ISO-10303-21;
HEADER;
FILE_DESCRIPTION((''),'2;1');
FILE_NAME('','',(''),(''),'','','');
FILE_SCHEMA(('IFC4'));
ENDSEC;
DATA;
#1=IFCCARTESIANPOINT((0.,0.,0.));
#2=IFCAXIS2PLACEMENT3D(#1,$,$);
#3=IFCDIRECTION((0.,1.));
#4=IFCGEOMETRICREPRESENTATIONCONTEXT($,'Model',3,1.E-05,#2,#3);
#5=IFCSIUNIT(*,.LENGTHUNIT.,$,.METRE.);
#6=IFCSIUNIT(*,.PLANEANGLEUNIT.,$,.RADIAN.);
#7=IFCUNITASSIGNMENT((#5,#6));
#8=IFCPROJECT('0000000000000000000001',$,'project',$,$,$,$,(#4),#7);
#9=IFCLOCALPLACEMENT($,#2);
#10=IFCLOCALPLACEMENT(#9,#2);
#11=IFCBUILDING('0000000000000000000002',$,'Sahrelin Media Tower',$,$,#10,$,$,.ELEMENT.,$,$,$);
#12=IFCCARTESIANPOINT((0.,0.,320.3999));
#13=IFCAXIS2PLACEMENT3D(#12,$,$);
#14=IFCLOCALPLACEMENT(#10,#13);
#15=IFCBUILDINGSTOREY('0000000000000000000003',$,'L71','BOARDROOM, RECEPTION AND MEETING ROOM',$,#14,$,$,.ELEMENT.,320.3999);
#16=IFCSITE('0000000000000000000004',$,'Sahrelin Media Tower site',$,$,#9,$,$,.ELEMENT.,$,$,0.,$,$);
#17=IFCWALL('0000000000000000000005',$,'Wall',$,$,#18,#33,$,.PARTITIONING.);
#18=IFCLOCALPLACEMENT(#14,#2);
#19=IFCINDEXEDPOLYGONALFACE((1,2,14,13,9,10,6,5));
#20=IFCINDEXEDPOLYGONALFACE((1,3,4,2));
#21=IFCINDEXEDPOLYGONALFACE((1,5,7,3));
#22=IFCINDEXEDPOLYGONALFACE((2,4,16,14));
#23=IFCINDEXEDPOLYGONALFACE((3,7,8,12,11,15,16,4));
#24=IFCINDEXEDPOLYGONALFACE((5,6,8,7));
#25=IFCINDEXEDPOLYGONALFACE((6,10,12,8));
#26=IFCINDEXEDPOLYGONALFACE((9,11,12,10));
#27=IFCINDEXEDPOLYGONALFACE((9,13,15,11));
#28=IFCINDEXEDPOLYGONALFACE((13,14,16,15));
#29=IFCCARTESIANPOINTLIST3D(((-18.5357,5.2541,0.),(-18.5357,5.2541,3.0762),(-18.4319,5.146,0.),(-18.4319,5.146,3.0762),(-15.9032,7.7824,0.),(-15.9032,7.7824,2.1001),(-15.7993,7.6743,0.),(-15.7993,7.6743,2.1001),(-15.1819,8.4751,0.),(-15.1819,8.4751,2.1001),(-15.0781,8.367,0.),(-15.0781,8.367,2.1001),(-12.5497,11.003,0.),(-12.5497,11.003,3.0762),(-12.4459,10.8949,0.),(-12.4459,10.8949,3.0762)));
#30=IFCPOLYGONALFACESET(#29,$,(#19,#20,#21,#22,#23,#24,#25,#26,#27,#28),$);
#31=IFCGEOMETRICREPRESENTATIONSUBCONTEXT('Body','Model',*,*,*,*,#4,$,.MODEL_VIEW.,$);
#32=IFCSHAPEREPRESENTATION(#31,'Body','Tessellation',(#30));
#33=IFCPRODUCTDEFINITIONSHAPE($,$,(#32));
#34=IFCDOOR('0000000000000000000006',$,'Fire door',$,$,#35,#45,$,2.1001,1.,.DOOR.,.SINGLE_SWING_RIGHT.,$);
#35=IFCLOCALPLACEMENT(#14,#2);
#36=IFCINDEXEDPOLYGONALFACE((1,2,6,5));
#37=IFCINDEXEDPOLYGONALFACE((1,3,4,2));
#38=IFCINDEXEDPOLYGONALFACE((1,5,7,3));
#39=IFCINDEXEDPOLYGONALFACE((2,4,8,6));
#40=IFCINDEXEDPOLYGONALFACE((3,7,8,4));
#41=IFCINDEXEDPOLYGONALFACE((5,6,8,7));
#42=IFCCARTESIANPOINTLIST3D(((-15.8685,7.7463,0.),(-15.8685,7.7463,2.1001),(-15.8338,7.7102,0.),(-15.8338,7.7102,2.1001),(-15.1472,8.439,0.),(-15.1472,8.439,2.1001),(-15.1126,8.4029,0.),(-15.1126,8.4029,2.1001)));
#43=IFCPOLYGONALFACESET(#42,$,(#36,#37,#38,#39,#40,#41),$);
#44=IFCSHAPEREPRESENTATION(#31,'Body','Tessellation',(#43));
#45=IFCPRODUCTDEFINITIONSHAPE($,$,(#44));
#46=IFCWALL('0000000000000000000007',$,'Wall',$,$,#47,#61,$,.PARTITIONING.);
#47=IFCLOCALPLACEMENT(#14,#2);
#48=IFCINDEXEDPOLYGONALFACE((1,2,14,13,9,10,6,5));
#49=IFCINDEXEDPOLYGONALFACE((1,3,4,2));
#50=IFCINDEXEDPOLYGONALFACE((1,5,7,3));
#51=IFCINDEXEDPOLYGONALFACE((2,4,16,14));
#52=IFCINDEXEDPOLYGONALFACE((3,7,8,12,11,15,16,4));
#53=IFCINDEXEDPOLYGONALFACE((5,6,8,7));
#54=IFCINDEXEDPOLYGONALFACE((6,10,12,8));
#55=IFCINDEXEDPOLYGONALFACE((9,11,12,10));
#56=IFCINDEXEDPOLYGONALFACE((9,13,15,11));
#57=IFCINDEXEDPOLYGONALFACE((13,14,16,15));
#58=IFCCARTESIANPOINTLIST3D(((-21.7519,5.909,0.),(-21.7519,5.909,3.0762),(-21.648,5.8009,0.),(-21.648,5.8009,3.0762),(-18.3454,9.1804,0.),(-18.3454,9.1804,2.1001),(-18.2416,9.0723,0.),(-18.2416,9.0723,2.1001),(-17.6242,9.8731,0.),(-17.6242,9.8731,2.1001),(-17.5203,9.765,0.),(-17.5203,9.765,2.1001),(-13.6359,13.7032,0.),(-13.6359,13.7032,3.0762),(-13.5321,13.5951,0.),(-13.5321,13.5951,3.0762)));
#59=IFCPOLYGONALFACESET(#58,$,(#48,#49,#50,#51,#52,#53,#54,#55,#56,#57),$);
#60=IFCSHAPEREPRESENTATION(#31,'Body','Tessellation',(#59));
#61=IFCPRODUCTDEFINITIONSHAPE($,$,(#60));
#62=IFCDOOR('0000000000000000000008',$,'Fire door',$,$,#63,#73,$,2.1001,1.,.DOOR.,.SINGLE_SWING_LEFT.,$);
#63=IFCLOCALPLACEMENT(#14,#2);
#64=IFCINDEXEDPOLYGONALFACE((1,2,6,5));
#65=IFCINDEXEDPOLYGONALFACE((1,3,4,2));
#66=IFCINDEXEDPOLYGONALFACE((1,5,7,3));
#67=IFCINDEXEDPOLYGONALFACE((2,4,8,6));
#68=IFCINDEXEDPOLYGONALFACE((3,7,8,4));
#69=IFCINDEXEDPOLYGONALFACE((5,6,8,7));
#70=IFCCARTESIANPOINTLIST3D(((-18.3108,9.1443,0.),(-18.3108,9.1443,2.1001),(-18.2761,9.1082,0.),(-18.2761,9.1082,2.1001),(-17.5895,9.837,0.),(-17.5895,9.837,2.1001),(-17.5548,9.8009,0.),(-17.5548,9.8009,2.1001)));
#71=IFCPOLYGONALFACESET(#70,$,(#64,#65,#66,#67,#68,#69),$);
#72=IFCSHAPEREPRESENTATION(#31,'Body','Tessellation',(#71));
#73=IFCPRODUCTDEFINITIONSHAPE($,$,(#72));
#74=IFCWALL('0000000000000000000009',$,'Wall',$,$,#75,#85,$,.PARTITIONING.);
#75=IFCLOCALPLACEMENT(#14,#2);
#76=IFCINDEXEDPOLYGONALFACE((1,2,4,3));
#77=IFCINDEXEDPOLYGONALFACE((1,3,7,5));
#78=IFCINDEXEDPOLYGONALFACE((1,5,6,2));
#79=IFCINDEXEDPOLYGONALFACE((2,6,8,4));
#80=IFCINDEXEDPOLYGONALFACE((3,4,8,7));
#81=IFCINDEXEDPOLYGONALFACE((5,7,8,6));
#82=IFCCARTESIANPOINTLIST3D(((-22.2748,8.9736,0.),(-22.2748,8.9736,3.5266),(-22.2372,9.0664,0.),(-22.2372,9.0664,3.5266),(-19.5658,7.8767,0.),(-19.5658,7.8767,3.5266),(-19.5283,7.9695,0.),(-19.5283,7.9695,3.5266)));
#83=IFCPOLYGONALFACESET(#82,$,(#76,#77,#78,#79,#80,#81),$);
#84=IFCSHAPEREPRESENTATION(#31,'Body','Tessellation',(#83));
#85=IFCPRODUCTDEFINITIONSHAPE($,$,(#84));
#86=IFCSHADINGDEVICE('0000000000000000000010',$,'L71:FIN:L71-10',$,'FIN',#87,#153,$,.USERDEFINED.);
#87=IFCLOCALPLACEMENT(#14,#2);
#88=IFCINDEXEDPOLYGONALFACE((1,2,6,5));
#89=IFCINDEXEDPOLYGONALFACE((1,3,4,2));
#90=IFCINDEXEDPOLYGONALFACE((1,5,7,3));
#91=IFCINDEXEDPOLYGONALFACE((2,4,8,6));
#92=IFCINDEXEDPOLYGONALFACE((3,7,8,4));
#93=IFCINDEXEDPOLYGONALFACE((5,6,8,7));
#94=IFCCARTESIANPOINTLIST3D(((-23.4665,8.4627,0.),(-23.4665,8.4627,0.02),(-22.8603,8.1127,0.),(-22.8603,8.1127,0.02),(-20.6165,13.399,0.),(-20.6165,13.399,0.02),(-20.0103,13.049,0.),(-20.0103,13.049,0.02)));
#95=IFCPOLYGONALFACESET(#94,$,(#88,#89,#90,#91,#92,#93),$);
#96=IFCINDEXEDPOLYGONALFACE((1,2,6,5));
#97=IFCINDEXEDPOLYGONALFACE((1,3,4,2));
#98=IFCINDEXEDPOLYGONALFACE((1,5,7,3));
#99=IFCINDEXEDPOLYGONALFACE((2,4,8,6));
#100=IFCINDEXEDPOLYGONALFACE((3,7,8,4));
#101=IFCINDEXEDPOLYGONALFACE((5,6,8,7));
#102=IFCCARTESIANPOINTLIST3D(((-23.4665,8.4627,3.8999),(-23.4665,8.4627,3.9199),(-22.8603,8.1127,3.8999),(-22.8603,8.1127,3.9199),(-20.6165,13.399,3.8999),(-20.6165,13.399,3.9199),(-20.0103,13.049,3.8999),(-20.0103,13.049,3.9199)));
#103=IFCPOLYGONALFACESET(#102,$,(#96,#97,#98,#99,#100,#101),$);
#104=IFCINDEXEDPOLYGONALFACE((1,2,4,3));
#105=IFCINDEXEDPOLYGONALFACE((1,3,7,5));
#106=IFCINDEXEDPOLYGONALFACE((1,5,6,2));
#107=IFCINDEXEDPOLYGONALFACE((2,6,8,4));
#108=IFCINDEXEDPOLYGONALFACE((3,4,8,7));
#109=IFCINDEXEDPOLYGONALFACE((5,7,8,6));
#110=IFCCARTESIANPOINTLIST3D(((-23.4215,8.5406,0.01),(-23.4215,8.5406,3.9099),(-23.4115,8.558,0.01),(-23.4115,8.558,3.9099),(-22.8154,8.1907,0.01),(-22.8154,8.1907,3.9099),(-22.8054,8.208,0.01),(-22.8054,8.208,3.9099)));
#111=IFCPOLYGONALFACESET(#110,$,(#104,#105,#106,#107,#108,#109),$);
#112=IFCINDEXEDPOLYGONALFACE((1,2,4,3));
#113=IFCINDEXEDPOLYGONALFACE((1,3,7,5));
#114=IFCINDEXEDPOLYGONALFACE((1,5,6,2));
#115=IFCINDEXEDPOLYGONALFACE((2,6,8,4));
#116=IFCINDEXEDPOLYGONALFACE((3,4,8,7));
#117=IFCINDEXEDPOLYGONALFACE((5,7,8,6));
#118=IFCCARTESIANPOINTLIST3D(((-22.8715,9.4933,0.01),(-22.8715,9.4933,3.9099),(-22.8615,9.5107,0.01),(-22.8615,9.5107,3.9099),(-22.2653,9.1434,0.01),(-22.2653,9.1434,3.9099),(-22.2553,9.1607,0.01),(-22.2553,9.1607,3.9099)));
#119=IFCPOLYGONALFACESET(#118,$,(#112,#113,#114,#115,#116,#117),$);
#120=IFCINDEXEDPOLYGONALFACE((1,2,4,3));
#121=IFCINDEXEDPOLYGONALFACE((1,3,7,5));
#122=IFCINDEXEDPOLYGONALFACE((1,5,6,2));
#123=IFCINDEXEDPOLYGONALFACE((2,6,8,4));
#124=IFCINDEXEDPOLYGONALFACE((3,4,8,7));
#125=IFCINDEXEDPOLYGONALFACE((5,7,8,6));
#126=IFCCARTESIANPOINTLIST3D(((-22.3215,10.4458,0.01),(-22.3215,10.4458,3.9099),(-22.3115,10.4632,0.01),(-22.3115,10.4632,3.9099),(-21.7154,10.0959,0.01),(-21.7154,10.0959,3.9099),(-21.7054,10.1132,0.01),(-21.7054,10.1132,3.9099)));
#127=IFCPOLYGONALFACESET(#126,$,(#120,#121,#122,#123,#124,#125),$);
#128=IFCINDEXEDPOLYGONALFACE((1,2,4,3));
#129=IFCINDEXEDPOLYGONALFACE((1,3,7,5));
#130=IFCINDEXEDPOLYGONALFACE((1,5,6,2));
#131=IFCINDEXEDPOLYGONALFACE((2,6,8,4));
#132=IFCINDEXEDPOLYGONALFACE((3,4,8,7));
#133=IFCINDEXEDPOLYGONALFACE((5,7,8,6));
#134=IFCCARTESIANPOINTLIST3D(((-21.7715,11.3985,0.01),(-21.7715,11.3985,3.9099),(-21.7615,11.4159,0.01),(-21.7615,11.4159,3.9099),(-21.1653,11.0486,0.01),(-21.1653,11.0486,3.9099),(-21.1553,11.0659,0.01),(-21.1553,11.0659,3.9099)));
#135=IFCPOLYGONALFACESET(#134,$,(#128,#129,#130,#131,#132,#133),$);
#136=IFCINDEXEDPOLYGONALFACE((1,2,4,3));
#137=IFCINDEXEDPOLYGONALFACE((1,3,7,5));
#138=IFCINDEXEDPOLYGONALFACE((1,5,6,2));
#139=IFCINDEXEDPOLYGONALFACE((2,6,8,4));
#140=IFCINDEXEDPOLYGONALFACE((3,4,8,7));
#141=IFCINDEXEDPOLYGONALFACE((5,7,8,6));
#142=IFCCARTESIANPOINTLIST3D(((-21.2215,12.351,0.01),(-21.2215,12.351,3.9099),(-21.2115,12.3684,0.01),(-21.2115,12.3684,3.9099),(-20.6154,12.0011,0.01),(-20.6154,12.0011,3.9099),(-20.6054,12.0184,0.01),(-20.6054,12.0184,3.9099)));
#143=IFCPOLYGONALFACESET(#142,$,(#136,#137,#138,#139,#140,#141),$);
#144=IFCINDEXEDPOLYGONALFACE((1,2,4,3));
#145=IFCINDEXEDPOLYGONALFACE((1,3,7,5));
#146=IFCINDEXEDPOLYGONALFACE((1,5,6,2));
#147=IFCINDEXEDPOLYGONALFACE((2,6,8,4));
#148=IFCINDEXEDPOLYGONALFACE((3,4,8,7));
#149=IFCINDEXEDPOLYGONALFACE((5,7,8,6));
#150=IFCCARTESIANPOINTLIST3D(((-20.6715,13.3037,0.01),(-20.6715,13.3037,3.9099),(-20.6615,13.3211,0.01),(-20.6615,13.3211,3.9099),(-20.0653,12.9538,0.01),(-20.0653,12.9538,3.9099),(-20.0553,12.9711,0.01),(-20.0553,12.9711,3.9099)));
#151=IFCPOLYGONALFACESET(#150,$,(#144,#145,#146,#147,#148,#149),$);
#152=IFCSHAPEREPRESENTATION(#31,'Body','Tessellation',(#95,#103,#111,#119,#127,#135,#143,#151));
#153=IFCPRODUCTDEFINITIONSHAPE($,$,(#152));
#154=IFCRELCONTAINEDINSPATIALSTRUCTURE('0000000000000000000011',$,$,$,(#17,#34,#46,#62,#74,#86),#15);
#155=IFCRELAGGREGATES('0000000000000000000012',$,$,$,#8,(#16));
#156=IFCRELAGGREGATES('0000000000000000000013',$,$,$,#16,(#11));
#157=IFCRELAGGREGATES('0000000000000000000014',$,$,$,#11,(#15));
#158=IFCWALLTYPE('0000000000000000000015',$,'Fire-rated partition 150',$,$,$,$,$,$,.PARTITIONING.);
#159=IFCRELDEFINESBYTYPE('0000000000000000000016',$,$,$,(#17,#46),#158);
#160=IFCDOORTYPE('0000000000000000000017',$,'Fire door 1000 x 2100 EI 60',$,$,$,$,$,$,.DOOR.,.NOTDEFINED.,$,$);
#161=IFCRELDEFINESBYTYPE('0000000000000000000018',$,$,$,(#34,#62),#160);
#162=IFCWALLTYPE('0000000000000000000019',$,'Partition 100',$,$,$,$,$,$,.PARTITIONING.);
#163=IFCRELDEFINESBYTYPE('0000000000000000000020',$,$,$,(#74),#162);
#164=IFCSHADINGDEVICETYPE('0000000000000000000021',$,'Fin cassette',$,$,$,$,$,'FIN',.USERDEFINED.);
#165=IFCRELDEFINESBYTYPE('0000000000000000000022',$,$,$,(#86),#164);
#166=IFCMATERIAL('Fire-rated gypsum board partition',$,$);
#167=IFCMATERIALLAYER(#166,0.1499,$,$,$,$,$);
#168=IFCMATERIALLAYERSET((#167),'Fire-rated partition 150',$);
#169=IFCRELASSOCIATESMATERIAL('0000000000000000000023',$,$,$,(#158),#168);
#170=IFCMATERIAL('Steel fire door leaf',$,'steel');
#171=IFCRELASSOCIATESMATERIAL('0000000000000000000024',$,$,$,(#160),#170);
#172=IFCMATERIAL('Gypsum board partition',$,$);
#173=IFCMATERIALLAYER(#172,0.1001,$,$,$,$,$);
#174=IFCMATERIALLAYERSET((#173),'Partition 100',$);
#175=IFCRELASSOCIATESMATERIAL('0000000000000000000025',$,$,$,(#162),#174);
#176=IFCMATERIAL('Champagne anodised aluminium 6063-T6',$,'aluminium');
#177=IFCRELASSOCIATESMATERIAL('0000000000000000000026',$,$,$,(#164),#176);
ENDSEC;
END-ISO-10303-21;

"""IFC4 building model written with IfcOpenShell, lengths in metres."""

from ifc_helpers import new_model, si_unit, direction, frame, frame_2d, origin, origin_2d, place, context, subcontext, project, spatial, rectangle, extrude, material, layer, layer_set, type_object, element, fill, save


model = new_model("IFC4")

# Units and contexts
model_context = context("Model", 3, precision=1e-05, world=origin(), true_north=direction((0.0, 1.0)))
body_context = subcontext(model_context, "Body", "Model", "MODEL_VIEW")
ifc_project = project(units=[si_unit("LENGTHUNIT", "METRE"), si_unit("PLANEANGLEUNIT", "RADIAN")], contexts=[model_context])

# Site, building, storey
site_placement = place(None, origin())
site = spatial("IfcSite", under=ifc_project, at=site_placement, Name="Sahrelin Media Tower site", CompositionType="ELEMENT", RefElevation=0.0)
building_placement = place(site_placement, origin())
building = spatial("IfcBuilding", under=site, at=building_placement, Name="Sahrelin Media Tower", CompositionType="ELEMENT")
storey_placement = place(building_placement, frame((0.0, 0.0, 320.3999)))
storey = spatial("IfcBuildingStorey", under=building, at=storey_placement, Name="L71", Description="BOARDROOM, RECEPTION AND MEETING ROOM", CompositionType="ELEMENT", Elevation=320.3999)

# Shared definitions
ifc_material_1 = material(Name="Champagne anodised aluminium 6063-T6", Category="aluminium")

# Shared definitions
ifc_material_2 = material(Name="Fire-rated gypsum board partition")
ifc_layer_1 = layer(ifc_material_2, 0.1499)
ifc_layer_set_1 = layer_set([ifc_layer_1], Name="Fire-rated partition 150")
wall_type_1 = type_object("IfcWallType", Name="Fire-rated partition 150", PredefinedType="PARTITIONING", material=ifc_layer_set_1)

# Walls, openings, doors
wall_1_placement = place(storey_placement, frame((-18.4839, 5.2, 0.0), z_axis=(0.0, 0.0, 1.0), x_axis=(0.721244, 0.692681, 0.0)))
wall_1 = element("IfcWall", 1, at=wall_1_placement, inside=storey, type_object=wall_type_1, Name="Wall", PredefinedType="PARTITIONING", context=body_context, shape_type="SweptSolid", body=[
    extrude(rectangle(XDim=8.2996, YDim=0.1499, at=frame_2d((4.1499, 0.0))), origin(), (0.0, 0.0, 1.0), 3.0762),
])
opening_1_placement = place(wall_1_placement, frame((3.6501, 0.0, 0.0)))
opening_1 = element("IfcOpeningElement", 2, at=opening_1_placement, cuts=wall_1, PredefinedType="OPENING", context=body_context, shape_type="SweptSolid", body=[
    extrude(rectangle(XDim=1.0, YDim=2.1001, at=frame_2d((0.5, 1.05))), frame((0.0, 0.075, 0.0), z_axis=(0.0, -1.0, 0.0), x_axis=(1.0, 0.0, 0.0)), (0.0, 0.0, 1.0), 0.1499),
])
ifc_material_3 = material(Name="Steel fire door leaf", Category="steel")
door_type = type_object("IfcDoorType", Name="Fire door 1000 x 2100 EI 60", OperationType="NOTDEFINED", PredefinedType="DOOR", material=ifc_material_3)
door_1_placement = place(opening_1_placement, origin())
door_1 = element("IfcDoor", 3, at=door_1_placement, inside=storey, type_object=door_type, Name="Fire door", OperationType="SINGLE_SWING_RIGHT", OverallHeight=2.1001, OverallWidth=1.0, PredefinedType="DOOR", context=body_context, shape_type="SweptSolid", body=[
    extrude(rectangle(XDim=1.0, YDim=2.1001, at=frame_2d((0.5, 1.05))), frame((0.0, 0.0249, 0.0), z_axis=(0.0, -1.0, 0.0), x_axis=(1.0, 0.0, 0.0)), (0.0, 0.0, 1.0), 0.05),
])
fill(opening_1, door_1)
wall_2_placement = place(storey_placement, frame((-21.7, 5.855, 0.0), z_axis=(0.0, 0.0, 1.0), x_axis=(0.72126, 0.692664, 0.0)))
wall_2 = element("IfcWall", 4, at=wall_2_placement, inside=storey, type_object=wall_type_1, Name="Wall", PredefinedType="PARTITIONING", context=body_context, shape_type="SweptSolid", body=[
    extrude(rectangle(XDim=11.2524, YDim=0.1499, at=frame_2d((5.6262, 0.0))), origin(), (0.0, 0.0, 1.0), 3.0762),
])
opening_2_placement = place(wall_2_placement, frame((4.7229, 0.0, 0.0)))
opening_2 = element("IfcOpeningElement", 5, at=opening_2_placement, cuts=wall_2, PredefinedType="OPENING", context=body_context, shape_type="SweptSolid", body=[
    extrude(rectangle(XDim=1.0, YDim=2.1001, at=frame_2d((0.5, 1.05))), frame((0.0, 0.075, 0.0), z_axis=(0.0, -1.0, 0.0), x_axis=(1.0, 0.0, 0.0)), (0.0, 0.0, 1.0), 0.1499),
])
door_2_placement = place(opening_2_placement, origin())
door_2 = element("IfcDoor", 6, at=door_2_placement, inside=storey, type_object=door_type, Name="Fire door", OperationType="SINGLE_SWING_LEFT", OverallHeight=2.1001, OverallWidth=1.0, PredefinedType="DOOR", context=body_context, shape_type="SweptSolid", body=[
    extrude(rectangle(XDim=1.0, YDim=2.1001, at=frame_2d((0.5, 1.05))), frame((0.0, 0.0249, 0.0), z_axis=(0.0, -1.0, 0.0), x_axis=(1.0, 0.0, 0.0)), (0.0, 0.0, 1.0), 0.05),
])
fill(opening_2, door_2)

# Wall
ifc_material_4 = material(Name="Gypsum board partition")
ifc_layer_2 = layer(ifc_material_4, 0.1001)
ifc_layer_set_2 = layer_set([ifc_layer_2], Name="Partition 100")
wall_type_2 = type_object("IfcWallType", Name="Partition 100", PredefinedType="PARTITIONING", material=ifc_layer_set_2)
wall_3_placement = place(storey_placement, frame((-22.2561, 9.02, 0.0), z_axis=(0.0, 0.0, 1.0), x_axis=(0.926896, -0.375319, 0.0)))
element("IfcWall", 7, at=wall_3_placement, inside=storey, type_object=wall_type_2, Name="Wall", PredefinedType="PARTITIONING", context=body_context, shape_type="SweptSolid", body=[
    extrude(rectangle(XDim=2.9226, YDim=0.1001, at=frame_2d((1.4614, 0.0))), origin(), (0.0, 0.0, 1.0), 3.5266),
])

# Shading device
shading_device_type_1 = type_object("IfcShadingDeviceType", Name="Fin cassette", ElementType="FIN", PredefinedType="USERDEFINED", material=ifc_material_1)
placement_1 = place(storey_placement, frame((-21.3748, 10.5459, 0.0), z_axis=(0.0, 0.0, 1.0), x_axis=(0.500011, 0.866019, 0.0)))
element("IfcShadingDevice", 8, at=placement_1, inside=storey, type_object=shading_device_type_1, Name="L71:FIN:L71-10", ObjectType="FIN", PredefinedType="USERDEFINED", context=body_context, shape_type="SweptSolid", body=[
    extrude(rectangle(XDim=5.7, YDim=0.7, at=origin_2d()), frame((0.0, 0.4199, 0.0)), (0.0, 0.0, 1.0), 0.02),
    extrude(rectangle(XDim=5.7, YDim=0.7, at=origin_2d()), frame((0.0, 0.4199, 3.8999)), (0.0, 0.0, 1.0), 0.02),
    extrude(rectangle(XDim=0.02, YDim=0.7, at=origin_2d()), frame((-2.75, 0.4199, 0.01), z_axis=(0.0, 0.0, 1.0), x_axis=(1.0, 0.0, 0.0)), (0.0, 0.0, 1.0), 3.8999),
    extrude(rectangle(XDim=0.02, YDim=0.7, at=origin_2d()), frame((-1.6499, 0.4199, 0.01), z_axis=(0.0, 0.0, 1.0), x_axis=(1.0, 0.0, 0.0)), (0.0, 0.0, 1.0), 3.8999),
    extrude(rectangle(XDim=0.02, YDim=0.7, at=origin_2d()), frame((-0.55, 0.4199, 0.01), z_axis=(0.0, 0.0, 1.0), x_axis=(1.0, 0.0, 0.0)), (0.0, 0.0, 1.0), 3.8999),
    extrude(rectangle(XDim=0.02, YDim=0.7, at=origin_2d()), frame((0.55, 0.4199, 0.01), z_axis=(0.0, 0.0, 1.0), x_axis=(1.0, 0.0, 0.0)), (0.0, 0.0, 1.0), 3.8999),
    extrude(rectangle(XDim=0.02, YDim=0.7, at=origin_2d()), frame((1.6499, 0.4199, 0.01), z_axis=(0.0, 0.0, 1.0), x_axis=(1.0, 0.0, 0.0)), (0.0, 0.0, 1.0), 3.8999),
    extrude(rectangle(XDim=0.02, YDim=0.7, at=origin_2d()), frame((2.75, 0.4199, 0.01), z_axis=(0.0, 0.0, 1.0), x_axis=(1.0, 0.0, 0.0)), (0.0, 0.0, 1.0), 3.8999),
])

save(model, "model.ifc")
